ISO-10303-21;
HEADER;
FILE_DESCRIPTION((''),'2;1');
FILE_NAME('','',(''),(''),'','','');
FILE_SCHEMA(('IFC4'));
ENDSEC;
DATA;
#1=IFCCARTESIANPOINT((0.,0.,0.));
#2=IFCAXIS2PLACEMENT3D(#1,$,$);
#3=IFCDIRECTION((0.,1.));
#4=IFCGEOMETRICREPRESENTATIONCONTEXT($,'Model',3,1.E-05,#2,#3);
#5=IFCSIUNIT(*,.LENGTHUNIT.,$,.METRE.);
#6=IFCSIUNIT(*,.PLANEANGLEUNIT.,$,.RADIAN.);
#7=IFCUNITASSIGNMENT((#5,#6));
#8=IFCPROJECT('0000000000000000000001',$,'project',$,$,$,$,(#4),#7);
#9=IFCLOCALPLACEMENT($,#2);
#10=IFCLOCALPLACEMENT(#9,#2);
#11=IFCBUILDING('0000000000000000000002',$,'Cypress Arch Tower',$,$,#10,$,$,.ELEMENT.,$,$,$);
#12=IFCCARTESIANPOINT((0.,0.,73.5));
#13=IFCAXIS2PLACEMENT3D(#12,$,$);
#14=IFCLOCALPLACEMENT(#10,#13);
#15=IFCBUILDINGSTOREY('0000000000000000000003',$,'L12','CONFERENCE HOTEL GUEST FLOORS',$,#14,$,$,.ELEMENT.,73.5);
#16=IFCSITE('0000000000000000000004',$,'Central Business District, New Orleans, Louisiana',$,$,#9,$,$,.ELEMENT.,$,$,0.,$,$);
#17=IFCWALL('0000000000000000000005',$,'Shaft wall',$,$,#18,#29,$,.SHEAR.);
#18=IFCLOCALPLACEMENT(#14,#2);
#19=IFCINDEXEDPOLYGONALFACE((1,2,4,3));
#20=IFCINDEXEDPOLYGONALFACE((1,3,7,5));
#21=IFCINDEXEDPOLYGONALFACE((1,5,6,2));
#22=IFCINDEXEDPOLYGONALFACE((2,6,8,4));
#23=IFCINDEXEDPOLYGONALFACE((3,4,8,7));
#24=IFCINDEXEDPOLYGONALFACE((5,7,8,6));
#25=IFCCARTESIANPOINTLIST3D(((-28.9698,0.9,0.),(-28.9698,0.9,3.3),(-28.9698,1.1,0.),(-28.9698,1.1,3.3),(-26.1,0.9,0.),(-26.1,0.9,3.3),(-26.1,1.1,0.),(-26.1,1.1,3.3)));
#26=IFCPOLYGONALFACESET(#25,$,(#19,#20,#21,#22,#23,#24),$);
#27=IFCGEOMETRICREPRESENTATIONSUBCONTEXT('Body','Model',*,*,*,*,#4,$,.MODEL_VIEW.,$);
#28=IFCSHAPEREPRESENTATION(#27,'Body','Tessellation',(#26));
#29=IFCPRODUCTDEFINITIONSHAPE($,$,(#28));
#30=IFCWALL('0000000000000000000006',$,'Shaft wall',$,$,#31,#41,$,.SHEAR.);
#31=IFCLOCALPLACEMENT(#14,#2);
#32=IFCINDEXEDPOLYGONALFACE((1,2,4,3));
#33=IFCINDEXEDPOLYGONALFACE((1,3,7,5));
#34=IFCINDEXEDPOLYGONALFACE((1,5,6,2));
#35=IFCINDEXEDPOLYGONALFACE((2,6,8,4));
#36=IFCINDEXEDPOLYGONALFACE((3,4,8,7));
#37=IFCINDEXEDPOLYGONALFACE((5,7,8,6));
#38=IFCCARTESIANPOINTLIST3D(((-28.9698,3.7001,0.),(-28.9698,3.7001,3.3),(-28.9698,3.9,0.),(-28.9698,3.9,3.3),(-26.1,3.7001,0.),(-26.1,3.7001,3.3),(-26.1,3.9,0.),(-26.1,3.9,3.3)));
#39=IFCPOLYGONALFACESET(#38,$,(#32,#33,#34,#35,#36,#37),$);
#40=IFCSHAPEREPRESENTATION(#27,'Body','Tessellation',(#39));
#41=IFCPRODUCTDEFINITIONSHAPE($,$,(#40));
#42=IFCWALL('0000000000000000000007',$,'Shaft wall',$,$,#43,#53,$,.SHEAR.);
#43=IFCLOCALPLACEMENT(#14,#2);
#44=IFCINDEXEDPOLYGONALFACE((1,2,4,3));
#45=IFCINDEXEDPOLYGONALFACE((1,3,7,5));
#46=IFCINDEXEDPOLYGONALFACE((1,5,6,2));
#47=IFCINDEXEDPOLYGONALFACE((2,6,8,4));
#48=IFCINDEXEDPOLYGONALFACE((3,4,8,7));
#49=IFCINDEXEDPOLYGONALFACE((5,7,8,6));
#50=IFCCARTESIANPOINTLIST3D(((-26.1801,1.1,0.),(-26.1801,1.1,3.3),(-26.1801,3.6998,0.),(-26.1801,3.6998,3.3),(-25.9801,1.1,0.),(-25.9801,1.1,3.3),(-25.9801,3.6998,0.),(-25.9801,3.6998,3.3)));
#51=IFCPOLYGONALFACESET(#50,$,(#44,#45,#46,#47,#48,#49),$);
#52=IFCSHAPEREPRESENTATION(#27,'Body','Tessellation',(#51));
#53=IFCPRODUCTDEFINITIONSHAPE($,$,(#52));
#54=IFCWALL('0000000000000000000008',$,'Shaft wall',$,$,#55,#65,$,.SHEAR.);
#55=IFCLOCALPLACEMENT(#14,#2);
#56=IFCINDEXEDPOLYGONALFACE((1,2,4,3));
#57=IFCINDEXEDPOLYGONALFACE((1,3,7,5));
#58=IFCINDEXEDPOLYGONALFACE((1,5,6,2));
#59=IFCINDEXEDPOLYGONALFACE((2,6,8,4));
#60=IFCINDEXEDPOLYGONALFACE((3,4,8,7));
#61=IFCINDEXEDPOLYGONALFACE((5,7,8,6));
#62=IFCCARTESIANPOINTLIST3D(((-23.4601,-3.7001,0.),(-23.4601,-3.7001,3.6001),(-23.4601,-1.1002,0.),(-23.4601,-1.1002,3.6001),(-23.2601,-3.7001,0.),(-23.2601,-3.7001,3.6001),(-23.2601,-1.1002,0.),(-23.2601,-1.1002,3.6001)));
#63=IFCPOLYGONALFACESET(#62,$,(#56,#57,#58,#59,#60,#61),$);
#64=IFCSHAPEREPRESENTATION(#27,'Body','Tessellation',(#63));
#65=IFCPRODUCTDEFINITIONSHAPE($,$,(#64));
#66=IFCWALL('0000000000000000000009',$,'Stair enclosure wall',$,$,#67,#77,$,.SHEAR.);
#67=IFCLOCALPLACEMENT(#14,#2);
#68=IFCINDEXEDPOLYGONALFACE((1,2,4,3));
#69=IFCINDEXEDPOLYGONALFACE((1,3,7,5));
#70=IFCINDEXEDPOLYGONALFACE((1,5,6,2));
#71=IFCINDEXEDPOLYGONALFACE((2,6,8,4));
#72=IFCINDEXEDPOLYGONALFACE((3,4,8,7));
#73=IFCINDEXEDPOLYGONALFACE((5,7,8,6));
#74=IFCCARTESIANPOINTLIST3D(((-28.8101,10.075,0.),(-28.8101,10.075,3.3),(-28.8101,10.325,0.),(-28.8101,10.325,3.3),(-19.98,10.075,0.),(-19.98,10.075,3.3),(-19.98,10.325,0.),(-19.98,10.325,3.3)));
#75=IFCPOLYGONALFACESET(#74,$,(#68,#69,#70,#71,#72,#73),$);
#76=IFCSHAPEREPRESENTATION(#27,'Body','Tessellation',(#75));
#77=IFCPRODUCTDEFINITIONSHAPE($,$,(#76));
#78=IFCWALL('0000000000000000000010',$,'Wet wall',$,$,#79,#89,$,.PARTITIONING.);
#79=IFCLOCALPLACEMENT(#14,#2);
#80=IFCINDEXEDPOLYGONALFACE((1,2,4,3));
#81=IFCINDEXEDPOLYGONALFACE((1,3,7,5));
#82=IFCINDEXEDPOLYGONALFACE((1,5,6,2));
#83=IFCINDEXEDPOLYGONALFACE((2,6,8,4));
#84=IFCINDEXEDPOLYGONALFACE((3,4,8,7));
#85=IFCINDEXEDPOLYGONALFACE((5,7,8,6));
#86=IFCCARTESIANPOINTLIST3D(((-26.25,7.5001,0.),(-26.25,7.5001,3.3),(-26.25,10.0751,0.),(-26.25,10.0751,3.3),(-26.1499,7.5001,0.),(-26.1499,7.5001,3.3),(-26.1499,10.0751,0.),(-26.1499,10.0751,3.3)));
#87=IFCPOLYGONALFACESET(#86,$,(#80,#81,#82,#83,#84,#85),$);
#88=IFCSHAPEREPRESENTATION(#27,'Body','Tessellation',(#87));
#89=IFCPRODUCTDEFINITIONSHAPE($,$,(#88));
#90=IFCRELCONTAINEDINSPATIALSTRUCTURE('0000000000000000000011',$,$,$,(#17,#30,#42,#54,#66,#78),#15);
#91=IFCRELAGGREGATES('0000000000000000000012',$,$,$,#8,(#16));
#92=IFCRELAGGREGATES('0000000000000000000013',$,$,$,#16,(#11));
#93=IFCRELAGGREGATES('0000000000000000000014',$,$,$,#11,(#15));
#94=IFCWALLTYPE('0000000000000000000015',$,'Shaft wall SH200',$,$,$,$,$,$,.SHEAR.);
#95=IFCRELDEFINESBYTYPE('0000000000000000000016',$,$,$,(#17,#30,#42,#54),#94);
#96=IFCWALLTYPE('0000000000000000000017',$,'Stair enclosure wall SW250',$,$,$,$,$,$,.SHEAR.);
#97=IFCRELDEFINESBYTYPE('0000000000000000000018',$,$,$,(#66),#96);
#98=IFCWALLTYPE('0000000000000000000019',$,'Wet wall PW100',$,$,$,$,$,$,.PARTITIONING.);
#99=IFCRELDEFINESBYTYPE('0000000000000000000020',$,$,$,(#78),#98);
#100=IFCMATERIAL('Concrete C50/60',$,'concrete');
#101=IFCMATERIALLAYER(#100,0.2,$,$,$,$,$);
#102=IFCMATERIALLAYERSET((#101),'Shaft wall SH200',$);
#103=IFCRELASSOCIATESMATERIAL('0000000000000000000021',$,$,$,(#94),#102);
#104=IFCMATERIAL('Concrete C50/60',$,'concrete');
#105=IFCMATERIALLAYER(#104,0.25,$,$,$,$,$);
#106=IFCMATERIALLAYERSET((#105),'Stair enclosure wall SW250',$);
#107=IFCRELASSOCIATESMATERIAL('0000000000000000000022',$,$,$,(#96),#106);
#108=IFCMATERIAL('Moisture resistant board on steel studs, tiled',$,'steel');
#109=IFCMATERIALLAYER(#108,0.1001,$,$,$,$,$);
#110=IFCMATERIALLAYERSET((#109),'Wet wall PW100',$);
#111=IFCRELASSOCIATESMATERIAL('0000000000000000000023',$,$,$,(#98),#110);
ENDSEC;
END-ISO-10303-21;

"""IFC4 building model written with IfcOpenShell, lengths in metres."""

from ifc_helpers import new_model, si_unit, direction, frame, frame_2d, origin, place, context, subcontext, project, spatial, rectangle, extrude, material, layer, layer_set, type_object, element, save


model = new_model("IFC4")

# Units and contexts
model_context = context("Model", 3, precision=1e-05, world=origin(), true_north=direction((0.0, 1.0)))
body_context = subcontext(model_context, "Body", "Model", "MODEL_VIEW")
ifc_project = project(units=[si_unit("LENGTHUNIT", "METRE"), si_unit("PLANEANGLEUNIT", "RADIAN")], contexts=[model_context])

# Site, building, storey
site_placement = place(None, origin())
site = spatial("IfcSite", under=ifc_project, at=site_placement, Name="Central Business District, New Orleans, Louisiana", CompositionType="ELEMENT", RefElevation=0.0)
building_placement = place(site_placement, origin())
building = spatial("IfcBuilding", under=site, at=building_placement, Name="Cypress Arch Tower", CompositionType="ELEMENT")
storey_placement = place(building_placement, frame((0.0, 0.0, 73.5)))
storey = spatial("IfcBuildingStorey", under=building, at=storey_placement, Name="L12", Description="CONFERENCE HOTEL GUEST FLOORS", CompositionType="ELEMENT", Elevation=73.5)

# Walls
ifc_material_1 = material(Name="Concrete C50/60", Category="concrete")
ifc_layer_1 = layer(ifc_material_1, 0.2)
ifc_layer_set_1 = layer_set([ifc_layer_1], Name="Shaft wall SH200")
wall_type_1 = type_object("IfcWallType", Name="Shaft wall SH200", PredefinedType="SHEAR", material=ifc_layer_set_1)
for number, where, z_axis, x_axis, name in (
    (1, (-28.97, 1.0, 0.0), (0.0, 0.0, 1.0), (1.0, 0.0, 0.0), "Shaft wall"),
    (2, (-28.97, 3.8, 0.0), (0.0, 0.0, 1.0), (1.0, 0.0, 0.0), "Shaft wall"),
):
    element("IfcWall", number, at=place(storey_placement, frame(where, z_axis=z_axis, x_axis=x_axis)), inside=storey, type_object=wall_type_1, Name=name, PredefinedType="SHEAR", context=body_context, shape_type="SweptSolid", body=[
        extrude(rectangle(XDim=2.8699, YDim=0.2, at=frame_2d((1.4351, 0.0))), origin(), (0.0, 0.0, 1.0), 3.3),
    ])
wall_1_placement = place(storey_placement, frame((-26.0801, 1.1001, 0.0), z_axis=(0.0, 0.0, 1.0), x_axis=(0.0, 1.0, 0.0)))
element("IfcWall", 3, at=wall_1_placement, inside=storey, type_object=wall_type_1, Name="Shaft wall", PredefinedType="SHEAR", context=body_context, shape_type="SweptSolid", body=[
    extrude(rectangle(XDim=2.5999, YDim=0.2, at=frame_2d((1.2998, 0.0))), origin(), (0.0, 0.0, 1.0), 3.3),
])
wall_2_placement = place(storey_placement, frame((-23.3601, -3.7, 0.0), z_axis=(0.0, 0.0, 1.0), x_axis=(0.0, 1.0, 0.0)))
element("IfcWall", 4, at=wall_2_placement, inside=storey, type_object=wall_type_1, Name="Shaft wall", PredefinedType="SHEAR", context=body_context, shape_type="SweptSolid", body=[
    extrude(rectangle(XDim=2.5999, YDim=0.2, at=frame_2d((1.2998, 0.0))), origin(), (0.0, 0.0, 1.0), 3.6001),
])
ifc_material_2 = material(Name="Concrete C50/60", Category="concrete")
ifc_layer_2 = layer(ifc_material_2, 0.25)
ifc_layer_set_2 = layer_set([ifc_layer_2], Name="Stair enclosure wall SW250")
wall_type_2 = type_object("IfcWallType", Name="Stair enclosure wall SW250", PredefinedType="SHEAR", material=ifc_layer_set_2)
wall_3_placement = place(storey_placement, frame((-28.8101, 10.2, 0.0), z_axis=(0.0, 0.0, 1.0), x_axis=(1.0, 0.0, 0.0)))
element("IfcWall", 5, at=wall_3_placement, inside=storey, type_object=wall_type_2, Name="Stair enclosure wall", PredefinedType="SHEAR", context=body_context, shape_type="SweptSolid", body=[
    extrude(rectangle(XDim=8.8301, YDim=0.25, at=frame_2d((4.415, 0.0))), origin(), (0.0, 0.0, 1.0), 3.3),
])
ifc_material_3 = material(Name="Moisture resistant board on steel studs, tiled", Category="steel")
ifc_layer_3 = layer(ifc_material_3, 0.1001)
ifc_layer_set_3 = layer_set([ifc_layer_3], Name="Wet wall PW100")
wall_type_3 = type_object("IfcWallType", Name="Wet wall PW100", PredefinedType="PARTITIONING", material=ifc_layer_set_3)
wall_4_placement = place(storey_placement, frame((-26.2, 7.5, 0.0), z_axis=(0.0, 0.0, 1.0), x_axis=(0.0, 1.0, 0.0)))
element("IfcWall", 6, at=wall_4_placement, inside=storey, type_object=wall_type_3, Name="Wet wall", PredefinedType="PARTITIONING", context=body_context, shape_type="SweptSolid", body=[
    extrude(rectangle(XDim=2.575, YDim=0.1001, at=frame_2d((1.2876, 0.0))), origin(), (0.0, 0.0, 1.0), 3.3),
])

save(model, "model.ifc")
